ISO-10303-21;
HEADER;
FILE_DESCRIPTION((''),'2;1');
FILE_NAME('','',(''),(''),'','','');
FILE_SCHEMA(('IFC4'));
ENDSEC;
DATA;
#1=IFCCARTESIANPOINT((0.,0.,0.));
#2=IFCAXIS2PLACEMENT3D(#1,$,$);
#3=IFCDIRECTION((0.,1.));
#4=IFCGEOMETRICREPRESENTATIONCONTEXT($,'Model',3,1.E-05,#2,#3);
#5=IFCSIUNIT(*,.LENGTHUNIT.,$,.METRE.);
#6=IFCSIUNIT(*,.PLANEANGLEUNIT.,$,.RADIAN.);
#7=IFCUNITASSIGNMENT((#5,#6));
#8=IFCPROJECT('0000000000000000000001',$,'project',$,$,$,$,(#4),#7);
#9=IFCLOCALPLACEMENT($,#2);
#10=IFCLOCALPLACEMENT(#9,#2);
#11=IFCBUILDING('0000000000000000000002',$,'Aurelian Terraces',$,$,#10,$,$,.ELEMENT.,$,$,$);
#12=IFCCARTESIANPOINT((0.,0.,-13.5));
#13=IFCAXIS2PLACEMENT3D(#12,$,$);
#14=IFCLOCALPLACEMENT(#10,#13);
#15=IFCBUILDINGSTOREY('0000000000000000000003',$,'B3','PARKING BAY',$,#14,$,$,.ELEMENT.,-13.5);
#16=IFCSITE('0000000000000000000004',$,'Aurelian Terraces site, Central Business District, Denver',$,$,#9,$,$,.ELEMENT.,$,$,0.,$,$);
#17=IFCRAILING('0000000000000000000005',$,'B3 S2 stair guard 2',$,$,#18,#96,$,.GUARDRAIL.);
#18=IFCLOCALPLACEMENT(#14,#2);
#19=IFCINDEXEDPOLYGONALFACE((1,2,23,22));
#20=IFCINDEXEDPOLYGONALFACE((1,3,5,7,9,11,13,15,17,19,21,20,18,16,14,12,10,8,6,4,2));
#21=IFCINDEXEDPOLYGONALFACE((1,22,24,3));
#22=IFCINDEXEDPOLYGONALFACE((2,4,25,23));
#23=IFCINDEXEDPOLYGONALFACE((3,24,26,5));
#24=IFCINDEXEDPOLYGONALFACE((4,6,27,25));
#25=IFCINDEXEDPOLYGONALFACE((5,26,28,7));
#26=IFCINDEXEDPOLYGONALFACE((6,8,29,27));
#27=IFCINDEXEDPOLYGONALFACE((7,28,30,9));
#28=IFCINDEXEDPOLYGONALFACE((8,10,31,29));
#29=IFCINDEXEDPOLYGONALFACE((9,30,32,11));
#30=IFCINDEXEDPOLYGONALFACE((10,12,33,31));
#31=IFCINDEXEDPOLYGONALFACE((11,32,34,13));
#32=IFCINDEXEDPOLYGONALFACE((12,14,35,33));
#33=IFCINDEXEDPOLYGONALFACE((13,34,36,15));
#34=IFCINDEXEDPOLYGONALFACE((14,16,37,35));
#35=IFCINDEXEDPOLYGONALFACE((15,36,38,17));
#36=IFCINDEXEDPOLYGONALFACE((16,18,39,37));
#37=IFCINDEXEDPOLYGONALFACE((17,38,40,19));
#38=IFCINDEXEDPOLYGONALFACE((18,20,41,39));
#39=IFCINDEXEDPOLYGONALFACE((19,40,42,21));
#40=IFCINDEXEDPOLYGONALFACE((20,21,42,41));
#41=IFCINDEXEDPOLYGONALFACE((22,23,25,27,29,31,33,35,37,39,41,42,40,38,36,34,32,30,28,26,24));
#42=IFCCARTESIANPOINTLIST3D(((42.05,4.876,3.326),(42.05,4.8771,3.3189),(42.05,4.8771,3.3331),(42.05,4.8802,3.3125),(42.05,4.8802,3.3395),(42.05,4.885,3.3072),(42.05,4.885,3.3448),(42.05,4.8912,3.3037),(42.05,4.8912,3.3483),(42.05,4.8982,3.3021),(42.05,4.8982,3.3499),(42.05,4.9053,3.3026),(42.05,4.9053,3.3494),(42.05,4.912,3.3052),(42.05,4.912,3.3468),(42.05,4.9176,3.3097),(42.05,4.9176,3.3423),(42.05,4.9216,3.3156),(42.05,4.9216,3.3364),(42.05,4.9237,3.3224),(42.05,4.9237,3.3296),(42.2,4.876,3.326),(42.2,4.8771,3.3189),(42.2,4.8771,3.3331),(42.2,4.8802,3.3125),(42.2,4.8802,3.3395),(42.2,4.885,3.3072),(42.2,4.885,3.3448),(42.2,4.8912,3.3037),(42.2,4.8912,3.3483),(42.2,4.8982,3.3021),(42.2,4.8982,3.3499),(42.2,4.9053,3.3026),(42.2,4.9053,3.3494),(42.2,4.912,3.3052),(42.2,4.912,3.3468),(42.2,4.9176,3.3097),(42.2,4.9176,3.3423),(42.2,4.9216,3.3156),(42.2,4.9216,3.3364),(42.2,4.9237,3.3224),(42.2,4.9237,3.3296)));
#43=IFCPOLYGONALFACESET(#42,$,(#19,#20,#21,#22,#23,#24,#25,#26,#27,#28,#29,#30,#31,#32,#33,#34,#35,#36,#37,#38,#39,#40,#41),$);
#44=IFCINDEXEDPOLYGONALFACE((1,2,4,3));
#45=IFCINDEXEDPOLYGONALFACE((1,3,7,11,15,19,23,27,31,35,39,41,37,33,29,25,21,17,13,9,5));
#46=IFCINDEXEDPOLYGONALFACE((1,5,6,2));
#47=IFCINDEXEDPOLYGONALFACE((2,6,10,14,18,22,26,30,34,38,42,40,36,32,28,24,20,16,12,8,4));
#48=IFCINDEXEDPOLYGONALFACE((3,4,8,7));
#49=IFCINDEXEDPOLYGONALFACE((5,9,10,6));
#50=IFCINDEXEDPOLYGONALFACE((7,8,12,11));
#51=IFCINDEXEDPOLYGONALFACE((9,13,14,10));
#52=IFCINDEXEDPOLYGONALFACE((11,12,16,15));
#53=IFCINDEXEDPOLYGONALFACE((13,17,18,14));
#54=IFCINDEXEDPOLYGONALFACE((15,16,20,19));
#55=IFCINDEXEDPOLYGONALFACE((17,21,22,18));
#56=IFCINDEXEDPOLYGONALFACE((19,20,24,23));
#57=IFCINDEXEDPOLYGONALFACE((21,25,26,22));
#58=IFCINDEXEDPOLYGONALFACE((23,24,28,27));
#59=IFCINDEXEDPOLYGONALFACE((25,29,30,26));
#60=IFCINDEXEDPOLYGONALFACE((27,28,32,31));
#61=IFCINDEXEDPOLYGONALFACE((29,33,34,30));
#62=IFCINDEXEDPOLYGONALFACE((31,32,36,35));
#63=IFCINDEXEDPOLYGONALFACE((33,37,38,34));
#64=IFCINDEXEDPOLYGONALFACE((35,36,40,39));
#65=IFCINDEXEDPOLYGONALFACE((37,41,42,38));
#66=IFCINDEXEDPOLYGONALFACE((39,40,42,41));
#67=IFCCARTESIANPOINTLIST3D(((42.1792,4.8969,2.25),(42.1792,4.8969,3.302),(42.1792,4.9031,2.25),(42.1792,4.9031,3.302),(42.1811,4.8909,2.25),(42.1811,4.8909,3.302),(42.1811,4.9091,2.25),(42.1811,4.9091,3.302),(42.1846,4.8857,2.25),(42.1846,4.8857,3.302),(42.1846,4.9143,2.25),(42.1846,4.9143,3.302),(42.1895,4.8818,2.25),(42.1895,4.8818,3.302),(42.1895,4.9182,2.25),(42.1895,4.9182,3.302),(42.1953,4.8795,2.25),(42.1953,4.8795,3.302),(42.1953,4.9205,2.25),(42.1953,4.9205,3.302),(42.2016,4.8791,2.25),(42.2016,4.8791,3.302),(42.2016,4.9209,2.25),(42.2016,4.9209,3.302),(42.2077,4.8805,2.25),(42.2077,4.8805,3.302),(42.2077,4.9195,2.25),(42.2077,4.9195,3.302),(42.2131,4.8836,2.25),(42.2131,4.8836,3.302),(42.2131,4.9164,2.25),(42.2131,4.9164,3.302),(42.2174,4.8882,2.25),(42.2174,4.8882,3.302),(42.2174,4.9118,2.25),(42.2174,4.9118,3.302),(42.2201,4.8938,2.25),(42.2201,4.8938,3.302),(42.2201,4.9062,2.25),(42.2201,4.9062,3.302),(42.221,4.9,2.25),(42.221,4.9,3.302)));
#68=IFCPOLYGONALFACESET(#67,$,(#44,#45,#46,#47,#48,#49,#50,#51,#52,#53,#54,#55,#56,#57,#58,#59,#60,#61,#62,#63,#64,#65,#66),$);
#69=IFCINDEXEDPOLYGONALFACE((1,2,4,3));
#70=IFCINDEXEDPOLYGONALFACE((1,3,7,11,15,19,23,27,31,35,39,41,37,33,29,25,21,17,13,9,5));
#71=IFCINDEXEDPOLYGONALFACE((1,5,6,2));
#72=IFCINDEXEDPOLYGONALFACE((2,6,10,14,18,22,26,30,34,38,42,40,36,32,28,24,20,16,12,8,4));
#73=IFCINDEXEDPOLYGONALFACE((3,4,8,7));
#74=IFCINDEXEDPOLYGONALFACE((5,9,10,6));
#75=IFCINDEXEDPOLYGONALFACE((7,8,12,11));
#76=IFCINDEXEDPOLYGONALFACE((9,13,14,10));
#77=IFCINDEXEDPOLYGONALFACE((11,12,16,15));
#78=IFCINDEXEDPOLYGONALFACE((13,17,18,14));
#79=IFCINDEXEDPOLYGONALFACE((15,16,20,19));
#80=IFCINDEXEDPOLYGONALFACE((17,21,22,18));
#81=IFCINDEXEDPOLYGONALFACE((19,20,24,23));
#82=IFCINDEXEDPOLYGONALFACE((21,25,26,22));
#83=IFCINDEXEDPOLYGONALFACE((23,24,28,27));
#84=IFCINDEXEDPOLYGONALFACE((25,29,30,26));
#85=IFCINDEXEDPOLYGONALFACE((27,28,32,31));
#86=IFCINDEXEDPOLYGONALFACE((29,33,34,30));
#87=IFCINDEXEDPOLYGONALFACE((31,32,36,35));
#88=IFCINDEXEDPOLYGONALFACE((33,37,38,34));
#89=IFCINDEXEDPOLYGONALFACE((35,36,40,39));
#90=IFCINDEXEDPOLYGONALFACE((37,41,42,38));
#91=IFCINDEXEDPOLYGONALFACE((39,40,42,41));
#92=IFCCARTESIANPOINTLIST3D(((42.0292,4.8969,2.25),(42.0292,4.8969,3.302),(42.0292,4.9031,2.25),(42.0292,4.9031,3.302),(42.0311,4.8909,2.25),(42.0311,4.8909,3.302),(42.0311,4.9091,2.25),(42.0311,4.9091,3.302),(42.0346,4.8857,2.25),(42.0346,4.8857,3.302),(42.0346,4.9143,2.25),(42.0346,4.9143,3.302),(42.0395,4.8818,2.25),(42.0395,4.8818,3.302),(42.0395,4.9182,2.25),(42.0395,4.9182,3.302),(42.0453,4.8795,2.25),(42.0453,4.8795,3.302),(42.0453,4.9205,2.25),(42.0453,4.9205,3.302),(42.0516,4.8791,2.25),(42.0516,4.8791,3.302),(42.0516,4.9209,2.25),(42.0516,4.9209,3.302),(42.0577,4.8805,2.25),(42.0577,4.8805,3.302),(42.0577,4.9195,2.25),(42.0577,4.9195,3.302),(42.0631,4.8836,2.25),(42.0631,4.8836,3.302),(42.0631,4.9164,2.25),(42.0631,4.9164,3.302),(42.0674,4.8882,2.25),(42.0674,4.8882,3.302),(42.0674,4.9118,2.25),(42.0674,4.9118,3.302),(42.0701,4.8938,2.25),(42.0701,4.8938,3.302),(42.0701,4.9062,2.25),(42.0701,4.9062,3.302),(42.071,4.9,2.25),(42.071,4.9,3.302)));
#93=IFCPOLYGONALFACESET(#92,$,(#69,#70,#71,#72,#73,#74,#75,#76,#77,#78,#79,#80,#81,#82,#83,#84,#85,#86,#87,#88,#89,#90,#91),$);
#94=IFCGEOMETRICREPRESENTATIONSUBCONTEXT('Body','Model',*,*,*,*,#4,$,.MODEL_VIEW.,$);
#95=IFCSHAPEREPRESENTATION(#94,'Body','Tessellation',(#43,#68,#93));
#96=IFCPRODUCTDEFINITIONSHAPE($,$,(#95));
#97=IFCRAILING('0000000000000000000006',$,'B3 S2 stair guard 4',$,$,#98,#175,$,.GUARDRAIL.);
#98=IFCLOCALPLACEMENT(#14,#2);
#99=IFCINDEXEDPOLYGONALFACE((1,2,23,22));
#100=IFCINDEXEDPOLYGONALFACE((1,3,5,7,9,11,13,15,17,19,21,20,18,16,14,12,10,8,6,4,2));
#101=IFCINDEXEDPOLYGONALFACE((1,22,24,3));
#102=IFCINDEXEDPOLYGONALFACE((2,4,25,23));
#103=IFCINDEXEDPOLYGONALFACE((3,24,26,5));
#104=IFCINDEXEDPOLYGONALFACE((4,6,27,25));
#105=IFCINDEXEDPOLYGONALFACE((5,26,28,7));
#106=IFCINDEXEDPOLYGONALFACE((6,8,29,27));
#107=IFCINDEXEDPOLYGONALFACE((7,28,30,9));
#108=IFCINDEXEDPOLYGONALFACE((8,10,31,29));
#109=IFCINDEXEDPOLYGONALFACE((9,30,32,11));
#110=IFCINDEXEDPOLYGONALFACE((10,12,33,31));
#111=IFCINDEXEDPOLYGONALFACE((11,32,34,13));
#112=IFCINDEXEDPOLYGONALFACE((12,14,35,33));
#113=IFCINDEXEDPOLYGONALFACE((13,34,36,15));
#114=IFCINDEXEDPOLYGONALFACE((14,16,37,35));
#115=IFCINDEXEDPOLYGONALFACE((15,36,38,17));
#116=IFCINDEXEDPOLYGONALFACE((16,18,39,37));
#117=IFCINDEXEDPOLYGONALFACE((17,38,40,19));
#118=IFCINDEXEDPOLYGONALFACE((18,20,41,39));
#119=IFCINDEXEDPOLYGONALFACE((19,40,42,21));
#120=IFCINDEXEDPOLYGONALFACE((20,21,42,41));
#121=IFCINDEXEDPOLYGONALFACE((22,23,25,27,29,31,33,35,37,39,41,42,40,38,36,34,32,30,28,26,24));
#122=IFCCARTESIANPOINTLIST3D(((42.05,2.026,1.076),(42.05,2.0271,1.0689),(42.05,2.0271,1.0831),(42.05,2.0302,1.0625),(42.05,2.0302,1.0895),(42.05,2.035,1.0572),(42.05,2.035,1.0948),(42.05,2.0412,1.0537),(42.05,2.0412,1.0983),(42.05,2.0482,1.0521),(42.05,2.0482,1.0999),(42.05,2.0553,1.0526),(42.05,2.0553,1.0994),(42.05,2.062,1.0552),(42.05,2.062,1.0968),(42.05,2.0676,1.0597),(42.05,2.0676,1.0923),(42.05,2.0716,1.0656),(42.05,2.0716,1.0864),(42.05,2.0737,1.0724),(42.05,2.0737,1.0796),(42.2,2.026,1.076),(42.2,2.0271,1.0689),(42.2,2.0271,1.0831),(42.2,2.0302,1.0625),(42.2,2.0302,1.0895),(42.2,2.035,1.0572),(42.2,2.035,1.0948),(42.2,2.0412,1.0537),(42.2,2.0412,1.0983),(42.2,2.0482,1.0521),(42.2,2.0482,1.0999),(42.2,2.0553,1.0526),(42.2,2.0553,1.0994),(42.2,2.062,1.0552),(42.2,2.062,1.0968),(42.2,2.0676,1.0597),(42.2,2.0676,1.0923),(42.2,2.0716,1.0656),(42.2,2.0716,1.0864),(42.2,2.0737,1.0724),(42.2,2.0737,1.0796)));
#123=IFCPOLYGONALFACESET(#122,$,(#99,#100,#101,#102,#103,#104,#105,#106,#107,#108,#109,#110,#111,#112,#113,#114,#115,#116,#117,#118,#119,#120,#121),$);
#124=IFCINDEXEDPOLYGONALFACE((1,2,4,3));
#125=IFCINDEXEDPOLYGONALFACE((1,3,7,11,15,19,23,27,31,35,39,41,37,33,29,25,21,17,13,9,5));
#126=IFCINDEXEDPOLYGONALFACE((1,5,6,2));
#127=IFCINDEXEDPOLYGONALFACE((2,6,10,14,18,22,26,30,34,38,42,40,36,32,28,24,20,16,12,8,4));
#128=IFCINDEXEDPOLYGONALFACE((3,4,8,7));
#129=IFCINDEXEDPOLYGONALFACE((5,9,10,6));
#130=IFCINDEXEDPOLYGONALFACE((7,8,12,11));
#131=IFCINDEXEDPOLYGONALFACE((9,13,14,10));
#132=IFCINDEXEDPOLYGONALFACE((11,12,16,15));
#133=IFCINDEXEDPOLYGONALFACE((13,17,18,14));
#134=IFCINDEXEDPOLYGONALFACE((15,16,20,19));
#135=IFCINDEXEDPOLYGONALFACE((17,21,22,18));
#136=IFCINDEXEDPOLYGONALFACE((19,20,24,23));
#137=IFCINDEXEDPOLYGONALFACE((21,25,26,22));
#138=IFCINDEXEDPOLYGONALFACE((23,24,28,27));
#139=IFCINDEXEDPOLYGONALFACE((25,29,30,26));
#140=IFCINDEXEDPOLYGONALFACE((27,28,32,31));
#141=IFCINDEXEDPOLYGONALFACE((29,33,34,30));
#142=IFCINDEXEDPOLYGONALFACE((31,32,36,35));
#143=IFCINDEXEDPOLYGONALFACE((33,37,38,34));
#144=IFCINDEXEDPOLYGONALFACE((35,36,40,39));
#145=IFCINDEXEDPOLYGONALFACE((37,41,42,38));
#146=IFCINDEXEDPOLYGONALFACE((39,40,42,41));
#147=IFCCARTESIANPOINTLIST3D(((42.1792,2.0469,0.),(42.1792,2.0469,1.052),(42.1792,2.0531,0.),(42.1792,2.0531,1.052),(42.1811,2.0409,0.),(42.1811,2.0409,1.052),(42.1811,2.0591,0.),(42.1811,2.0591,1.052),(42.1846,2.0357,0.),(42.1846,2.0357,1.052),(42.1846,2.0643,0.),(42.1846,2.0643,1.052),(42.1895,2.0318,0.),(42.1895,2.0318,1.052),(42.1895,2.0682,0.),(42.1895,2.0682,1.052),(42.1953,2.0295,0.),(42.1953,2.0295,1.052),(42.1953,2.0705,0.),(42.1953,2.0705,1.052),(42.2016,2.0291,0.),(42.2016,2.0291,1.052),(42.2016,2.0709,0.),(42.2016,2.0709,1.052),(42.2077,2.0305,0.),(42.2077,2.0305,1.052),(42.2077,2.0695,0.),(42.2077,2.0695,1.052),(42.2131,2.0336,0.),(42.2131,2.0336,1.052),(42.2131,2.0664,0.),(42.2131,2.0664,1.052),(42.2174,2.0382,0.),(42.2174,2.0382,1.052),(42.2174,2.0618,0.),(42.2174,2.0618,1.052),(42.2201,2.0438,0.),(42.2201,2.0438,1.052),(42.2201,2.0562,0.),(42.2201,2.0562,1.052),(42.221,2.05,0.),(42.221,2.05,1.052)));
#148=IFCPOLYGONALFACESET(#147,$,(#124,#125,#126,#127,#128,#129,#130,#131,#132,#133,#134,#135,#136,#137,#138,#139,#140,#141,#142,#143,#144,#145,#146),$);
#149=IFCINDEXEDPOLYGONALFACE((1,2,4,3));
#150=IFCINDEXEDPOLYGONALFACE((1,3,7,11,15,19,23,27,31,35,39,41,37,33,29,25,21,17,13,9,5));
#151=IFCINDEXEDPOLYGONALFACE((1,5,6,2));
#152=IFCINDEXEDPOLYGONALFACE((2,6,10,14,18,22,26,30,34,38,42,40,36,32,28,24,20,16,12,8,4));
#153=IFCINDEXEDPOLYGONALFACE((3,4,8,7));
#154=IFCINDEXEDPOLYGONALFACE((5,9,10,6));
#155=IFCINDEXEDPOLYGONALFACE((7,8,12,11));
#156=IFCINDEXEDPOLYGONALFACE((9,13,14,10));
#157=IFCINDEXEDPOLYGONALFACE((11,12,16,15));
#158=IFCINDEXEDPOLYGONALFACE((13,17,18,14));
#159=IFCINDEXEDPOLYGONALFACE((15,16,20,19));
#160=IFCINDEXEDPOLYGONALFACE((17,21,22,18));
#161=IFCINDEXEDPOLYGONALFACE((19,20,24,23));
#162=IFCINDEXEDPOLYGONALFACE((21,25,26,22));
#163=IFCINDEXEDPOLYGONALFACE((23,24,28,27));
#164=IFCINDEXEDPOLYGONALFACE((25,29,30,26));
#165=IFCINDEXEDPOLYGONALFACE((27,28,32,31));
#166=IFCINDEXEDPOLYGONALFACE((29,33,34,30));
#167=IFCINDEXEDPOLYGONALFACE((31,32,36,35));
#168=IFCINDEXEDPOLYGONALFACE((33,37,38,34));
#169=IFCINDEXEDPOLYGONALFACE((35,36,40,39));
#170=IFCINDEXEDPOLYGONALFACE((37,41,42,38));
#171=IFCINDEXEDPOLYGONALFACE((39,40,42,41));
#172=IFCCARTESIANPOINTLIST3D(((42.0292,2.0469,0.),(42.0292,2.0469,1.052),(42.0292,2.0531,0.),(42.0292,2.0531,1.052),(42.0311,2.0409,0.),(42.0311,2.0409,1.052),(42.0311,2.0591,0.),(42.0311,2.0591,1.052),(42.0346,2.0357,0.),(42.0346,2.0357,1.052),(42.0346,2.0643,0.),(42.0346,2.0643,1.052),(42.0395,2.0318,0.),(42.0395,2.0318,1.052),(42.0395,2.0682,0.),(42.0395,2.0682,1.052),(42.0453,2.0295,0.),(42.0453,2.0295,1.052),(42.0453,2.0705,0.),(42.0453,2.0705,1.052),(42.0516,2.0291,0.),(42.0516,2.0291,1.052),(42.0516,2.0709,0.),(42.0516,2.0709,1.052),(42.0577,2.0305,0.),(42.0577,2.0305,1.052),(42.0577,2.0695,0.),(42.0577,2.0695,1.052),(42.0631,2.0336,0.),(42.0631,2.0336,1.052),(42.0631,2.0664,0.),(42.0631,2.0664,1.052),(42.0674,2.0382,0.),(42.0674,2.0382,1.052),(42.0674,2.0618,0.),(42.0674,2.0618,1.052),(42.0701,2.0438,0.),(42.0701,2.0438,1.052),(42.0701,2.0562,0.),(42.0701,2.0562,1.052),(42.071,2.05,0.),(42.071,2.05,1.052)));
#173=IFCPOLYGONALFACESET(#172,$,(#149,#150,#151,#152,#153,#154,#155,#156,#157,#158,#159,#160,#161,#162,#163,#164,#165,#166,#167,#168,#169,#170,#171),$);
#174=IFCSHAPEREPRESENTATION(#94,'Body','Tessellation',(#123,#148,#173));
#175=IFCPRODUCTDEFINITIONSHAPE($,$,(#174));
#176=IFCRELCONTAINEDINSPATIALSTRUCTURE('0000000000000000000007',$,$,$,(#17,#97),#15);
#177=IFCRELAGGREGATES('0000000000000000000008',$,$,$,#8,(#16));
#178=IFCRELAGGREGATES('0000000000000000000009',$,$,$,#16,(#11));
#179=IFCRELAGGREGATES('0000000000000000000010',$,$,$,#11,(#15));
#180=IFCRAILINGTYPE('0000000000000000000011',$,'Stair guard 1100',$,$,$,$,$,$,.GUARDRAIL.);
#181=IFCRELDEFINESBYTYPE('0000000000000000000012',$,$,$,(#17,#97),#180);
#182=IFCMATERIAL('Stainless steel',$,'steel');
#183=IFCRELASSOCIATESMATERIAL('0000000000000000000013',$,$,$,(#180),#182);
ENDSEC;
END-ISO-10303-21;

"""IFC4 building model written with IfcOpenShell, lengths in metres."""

from ifc_helpers import new_model, si_unit, direction, frame, origin, origin_2d, place, context, subcontext, project, spatial, circle, extrude, source, transform, mapped, material, type_object, element, save


model = new_model("IFC4")

# Units and contexts
model_context = context("Model", 3, precision=1e-05, world=origin(), true_north=direction((0.0, 1.0)))
body_context = subcontext(model_context, "Body", "Model", "MODEL_VIEW")
ifc_project = project(units=[si_unit("LENGTHUNIT", "METRE"), si_unit("PLANEANGLEUNIT", "RADIAN")], contexts=[model_context])

# Site, building, storey
site_placement = place(None, origin())
site = spatial("IfcSite", under=ifc_project, at=site_placement, Name="Aurelian Terraces site, Central Business District, Denver", CompositionType="ELEMENT", RefElevation=0.0)
building_placement = place(site_placement, origin())
building = spatial("IfcBuilding", under=site, at=building_placement, Name="Aurelian Terraces", CompositionType="ELEMENT")
storey_placement = place(building_placement, frame((0.0, 0.0, -13.5)))
storey = spatial("IfcBuildingStorey", under=building, at=storey_placement, Name="B3", Description="PARKING BAY", CompositionType="ELEMENT", Elevation=-13.5)

# Railings
ifc_material_1 = material(Name="Stainless steel", Category="steel")
railing_type_1 = type_object("IfcRailingType", Name="Stair guard 1100", PredefinedType="GUARDRAIL", material=ifc_material_1)
shared_shape_1 = source(origin(), body_context, "Body", "SweptSolid", [
    extrude(circle(Radius=0.024, at=origin_2d()), frame((0.0, 0.0, 1.076), z_axis=(-1.0, 0.0, 0.0), x_axis=(0.0, -1.0, 0.0)), (0.0, 0.0, 1.0), 0.15),
    extrude(circle(Radius=0.021, at=origin_2d()), origin(), (0.0, 0.0, 1.0), 1.052),
    extrude(circle(Radius=0.021, at=origin_2d()), frame((-0.15, 0.0, 0.0)), (0.0, 0.0, 1.0), 1.052),
])
for number, where, name in (
    (1, (42.2, 4.9, 2.25), "B3 S2 stair guard 2"),
    (2, (42.2, 2.05, 0.0), "B3 S2 stair guard 4"),
):
    element("IfcRailing", number, at=place(storey_placement, frame(where)), inside=storey, type_object=railing_type_1, Name=name, PredefinedType="GUARDRAIL", context=body_context, shape_type="MappedRepresentation", body=[
        mapped(shared_shape_1, transform((0.0, 0.0, 0.0), scale=1.0)),
    ])

save(model, "model.ifc")
